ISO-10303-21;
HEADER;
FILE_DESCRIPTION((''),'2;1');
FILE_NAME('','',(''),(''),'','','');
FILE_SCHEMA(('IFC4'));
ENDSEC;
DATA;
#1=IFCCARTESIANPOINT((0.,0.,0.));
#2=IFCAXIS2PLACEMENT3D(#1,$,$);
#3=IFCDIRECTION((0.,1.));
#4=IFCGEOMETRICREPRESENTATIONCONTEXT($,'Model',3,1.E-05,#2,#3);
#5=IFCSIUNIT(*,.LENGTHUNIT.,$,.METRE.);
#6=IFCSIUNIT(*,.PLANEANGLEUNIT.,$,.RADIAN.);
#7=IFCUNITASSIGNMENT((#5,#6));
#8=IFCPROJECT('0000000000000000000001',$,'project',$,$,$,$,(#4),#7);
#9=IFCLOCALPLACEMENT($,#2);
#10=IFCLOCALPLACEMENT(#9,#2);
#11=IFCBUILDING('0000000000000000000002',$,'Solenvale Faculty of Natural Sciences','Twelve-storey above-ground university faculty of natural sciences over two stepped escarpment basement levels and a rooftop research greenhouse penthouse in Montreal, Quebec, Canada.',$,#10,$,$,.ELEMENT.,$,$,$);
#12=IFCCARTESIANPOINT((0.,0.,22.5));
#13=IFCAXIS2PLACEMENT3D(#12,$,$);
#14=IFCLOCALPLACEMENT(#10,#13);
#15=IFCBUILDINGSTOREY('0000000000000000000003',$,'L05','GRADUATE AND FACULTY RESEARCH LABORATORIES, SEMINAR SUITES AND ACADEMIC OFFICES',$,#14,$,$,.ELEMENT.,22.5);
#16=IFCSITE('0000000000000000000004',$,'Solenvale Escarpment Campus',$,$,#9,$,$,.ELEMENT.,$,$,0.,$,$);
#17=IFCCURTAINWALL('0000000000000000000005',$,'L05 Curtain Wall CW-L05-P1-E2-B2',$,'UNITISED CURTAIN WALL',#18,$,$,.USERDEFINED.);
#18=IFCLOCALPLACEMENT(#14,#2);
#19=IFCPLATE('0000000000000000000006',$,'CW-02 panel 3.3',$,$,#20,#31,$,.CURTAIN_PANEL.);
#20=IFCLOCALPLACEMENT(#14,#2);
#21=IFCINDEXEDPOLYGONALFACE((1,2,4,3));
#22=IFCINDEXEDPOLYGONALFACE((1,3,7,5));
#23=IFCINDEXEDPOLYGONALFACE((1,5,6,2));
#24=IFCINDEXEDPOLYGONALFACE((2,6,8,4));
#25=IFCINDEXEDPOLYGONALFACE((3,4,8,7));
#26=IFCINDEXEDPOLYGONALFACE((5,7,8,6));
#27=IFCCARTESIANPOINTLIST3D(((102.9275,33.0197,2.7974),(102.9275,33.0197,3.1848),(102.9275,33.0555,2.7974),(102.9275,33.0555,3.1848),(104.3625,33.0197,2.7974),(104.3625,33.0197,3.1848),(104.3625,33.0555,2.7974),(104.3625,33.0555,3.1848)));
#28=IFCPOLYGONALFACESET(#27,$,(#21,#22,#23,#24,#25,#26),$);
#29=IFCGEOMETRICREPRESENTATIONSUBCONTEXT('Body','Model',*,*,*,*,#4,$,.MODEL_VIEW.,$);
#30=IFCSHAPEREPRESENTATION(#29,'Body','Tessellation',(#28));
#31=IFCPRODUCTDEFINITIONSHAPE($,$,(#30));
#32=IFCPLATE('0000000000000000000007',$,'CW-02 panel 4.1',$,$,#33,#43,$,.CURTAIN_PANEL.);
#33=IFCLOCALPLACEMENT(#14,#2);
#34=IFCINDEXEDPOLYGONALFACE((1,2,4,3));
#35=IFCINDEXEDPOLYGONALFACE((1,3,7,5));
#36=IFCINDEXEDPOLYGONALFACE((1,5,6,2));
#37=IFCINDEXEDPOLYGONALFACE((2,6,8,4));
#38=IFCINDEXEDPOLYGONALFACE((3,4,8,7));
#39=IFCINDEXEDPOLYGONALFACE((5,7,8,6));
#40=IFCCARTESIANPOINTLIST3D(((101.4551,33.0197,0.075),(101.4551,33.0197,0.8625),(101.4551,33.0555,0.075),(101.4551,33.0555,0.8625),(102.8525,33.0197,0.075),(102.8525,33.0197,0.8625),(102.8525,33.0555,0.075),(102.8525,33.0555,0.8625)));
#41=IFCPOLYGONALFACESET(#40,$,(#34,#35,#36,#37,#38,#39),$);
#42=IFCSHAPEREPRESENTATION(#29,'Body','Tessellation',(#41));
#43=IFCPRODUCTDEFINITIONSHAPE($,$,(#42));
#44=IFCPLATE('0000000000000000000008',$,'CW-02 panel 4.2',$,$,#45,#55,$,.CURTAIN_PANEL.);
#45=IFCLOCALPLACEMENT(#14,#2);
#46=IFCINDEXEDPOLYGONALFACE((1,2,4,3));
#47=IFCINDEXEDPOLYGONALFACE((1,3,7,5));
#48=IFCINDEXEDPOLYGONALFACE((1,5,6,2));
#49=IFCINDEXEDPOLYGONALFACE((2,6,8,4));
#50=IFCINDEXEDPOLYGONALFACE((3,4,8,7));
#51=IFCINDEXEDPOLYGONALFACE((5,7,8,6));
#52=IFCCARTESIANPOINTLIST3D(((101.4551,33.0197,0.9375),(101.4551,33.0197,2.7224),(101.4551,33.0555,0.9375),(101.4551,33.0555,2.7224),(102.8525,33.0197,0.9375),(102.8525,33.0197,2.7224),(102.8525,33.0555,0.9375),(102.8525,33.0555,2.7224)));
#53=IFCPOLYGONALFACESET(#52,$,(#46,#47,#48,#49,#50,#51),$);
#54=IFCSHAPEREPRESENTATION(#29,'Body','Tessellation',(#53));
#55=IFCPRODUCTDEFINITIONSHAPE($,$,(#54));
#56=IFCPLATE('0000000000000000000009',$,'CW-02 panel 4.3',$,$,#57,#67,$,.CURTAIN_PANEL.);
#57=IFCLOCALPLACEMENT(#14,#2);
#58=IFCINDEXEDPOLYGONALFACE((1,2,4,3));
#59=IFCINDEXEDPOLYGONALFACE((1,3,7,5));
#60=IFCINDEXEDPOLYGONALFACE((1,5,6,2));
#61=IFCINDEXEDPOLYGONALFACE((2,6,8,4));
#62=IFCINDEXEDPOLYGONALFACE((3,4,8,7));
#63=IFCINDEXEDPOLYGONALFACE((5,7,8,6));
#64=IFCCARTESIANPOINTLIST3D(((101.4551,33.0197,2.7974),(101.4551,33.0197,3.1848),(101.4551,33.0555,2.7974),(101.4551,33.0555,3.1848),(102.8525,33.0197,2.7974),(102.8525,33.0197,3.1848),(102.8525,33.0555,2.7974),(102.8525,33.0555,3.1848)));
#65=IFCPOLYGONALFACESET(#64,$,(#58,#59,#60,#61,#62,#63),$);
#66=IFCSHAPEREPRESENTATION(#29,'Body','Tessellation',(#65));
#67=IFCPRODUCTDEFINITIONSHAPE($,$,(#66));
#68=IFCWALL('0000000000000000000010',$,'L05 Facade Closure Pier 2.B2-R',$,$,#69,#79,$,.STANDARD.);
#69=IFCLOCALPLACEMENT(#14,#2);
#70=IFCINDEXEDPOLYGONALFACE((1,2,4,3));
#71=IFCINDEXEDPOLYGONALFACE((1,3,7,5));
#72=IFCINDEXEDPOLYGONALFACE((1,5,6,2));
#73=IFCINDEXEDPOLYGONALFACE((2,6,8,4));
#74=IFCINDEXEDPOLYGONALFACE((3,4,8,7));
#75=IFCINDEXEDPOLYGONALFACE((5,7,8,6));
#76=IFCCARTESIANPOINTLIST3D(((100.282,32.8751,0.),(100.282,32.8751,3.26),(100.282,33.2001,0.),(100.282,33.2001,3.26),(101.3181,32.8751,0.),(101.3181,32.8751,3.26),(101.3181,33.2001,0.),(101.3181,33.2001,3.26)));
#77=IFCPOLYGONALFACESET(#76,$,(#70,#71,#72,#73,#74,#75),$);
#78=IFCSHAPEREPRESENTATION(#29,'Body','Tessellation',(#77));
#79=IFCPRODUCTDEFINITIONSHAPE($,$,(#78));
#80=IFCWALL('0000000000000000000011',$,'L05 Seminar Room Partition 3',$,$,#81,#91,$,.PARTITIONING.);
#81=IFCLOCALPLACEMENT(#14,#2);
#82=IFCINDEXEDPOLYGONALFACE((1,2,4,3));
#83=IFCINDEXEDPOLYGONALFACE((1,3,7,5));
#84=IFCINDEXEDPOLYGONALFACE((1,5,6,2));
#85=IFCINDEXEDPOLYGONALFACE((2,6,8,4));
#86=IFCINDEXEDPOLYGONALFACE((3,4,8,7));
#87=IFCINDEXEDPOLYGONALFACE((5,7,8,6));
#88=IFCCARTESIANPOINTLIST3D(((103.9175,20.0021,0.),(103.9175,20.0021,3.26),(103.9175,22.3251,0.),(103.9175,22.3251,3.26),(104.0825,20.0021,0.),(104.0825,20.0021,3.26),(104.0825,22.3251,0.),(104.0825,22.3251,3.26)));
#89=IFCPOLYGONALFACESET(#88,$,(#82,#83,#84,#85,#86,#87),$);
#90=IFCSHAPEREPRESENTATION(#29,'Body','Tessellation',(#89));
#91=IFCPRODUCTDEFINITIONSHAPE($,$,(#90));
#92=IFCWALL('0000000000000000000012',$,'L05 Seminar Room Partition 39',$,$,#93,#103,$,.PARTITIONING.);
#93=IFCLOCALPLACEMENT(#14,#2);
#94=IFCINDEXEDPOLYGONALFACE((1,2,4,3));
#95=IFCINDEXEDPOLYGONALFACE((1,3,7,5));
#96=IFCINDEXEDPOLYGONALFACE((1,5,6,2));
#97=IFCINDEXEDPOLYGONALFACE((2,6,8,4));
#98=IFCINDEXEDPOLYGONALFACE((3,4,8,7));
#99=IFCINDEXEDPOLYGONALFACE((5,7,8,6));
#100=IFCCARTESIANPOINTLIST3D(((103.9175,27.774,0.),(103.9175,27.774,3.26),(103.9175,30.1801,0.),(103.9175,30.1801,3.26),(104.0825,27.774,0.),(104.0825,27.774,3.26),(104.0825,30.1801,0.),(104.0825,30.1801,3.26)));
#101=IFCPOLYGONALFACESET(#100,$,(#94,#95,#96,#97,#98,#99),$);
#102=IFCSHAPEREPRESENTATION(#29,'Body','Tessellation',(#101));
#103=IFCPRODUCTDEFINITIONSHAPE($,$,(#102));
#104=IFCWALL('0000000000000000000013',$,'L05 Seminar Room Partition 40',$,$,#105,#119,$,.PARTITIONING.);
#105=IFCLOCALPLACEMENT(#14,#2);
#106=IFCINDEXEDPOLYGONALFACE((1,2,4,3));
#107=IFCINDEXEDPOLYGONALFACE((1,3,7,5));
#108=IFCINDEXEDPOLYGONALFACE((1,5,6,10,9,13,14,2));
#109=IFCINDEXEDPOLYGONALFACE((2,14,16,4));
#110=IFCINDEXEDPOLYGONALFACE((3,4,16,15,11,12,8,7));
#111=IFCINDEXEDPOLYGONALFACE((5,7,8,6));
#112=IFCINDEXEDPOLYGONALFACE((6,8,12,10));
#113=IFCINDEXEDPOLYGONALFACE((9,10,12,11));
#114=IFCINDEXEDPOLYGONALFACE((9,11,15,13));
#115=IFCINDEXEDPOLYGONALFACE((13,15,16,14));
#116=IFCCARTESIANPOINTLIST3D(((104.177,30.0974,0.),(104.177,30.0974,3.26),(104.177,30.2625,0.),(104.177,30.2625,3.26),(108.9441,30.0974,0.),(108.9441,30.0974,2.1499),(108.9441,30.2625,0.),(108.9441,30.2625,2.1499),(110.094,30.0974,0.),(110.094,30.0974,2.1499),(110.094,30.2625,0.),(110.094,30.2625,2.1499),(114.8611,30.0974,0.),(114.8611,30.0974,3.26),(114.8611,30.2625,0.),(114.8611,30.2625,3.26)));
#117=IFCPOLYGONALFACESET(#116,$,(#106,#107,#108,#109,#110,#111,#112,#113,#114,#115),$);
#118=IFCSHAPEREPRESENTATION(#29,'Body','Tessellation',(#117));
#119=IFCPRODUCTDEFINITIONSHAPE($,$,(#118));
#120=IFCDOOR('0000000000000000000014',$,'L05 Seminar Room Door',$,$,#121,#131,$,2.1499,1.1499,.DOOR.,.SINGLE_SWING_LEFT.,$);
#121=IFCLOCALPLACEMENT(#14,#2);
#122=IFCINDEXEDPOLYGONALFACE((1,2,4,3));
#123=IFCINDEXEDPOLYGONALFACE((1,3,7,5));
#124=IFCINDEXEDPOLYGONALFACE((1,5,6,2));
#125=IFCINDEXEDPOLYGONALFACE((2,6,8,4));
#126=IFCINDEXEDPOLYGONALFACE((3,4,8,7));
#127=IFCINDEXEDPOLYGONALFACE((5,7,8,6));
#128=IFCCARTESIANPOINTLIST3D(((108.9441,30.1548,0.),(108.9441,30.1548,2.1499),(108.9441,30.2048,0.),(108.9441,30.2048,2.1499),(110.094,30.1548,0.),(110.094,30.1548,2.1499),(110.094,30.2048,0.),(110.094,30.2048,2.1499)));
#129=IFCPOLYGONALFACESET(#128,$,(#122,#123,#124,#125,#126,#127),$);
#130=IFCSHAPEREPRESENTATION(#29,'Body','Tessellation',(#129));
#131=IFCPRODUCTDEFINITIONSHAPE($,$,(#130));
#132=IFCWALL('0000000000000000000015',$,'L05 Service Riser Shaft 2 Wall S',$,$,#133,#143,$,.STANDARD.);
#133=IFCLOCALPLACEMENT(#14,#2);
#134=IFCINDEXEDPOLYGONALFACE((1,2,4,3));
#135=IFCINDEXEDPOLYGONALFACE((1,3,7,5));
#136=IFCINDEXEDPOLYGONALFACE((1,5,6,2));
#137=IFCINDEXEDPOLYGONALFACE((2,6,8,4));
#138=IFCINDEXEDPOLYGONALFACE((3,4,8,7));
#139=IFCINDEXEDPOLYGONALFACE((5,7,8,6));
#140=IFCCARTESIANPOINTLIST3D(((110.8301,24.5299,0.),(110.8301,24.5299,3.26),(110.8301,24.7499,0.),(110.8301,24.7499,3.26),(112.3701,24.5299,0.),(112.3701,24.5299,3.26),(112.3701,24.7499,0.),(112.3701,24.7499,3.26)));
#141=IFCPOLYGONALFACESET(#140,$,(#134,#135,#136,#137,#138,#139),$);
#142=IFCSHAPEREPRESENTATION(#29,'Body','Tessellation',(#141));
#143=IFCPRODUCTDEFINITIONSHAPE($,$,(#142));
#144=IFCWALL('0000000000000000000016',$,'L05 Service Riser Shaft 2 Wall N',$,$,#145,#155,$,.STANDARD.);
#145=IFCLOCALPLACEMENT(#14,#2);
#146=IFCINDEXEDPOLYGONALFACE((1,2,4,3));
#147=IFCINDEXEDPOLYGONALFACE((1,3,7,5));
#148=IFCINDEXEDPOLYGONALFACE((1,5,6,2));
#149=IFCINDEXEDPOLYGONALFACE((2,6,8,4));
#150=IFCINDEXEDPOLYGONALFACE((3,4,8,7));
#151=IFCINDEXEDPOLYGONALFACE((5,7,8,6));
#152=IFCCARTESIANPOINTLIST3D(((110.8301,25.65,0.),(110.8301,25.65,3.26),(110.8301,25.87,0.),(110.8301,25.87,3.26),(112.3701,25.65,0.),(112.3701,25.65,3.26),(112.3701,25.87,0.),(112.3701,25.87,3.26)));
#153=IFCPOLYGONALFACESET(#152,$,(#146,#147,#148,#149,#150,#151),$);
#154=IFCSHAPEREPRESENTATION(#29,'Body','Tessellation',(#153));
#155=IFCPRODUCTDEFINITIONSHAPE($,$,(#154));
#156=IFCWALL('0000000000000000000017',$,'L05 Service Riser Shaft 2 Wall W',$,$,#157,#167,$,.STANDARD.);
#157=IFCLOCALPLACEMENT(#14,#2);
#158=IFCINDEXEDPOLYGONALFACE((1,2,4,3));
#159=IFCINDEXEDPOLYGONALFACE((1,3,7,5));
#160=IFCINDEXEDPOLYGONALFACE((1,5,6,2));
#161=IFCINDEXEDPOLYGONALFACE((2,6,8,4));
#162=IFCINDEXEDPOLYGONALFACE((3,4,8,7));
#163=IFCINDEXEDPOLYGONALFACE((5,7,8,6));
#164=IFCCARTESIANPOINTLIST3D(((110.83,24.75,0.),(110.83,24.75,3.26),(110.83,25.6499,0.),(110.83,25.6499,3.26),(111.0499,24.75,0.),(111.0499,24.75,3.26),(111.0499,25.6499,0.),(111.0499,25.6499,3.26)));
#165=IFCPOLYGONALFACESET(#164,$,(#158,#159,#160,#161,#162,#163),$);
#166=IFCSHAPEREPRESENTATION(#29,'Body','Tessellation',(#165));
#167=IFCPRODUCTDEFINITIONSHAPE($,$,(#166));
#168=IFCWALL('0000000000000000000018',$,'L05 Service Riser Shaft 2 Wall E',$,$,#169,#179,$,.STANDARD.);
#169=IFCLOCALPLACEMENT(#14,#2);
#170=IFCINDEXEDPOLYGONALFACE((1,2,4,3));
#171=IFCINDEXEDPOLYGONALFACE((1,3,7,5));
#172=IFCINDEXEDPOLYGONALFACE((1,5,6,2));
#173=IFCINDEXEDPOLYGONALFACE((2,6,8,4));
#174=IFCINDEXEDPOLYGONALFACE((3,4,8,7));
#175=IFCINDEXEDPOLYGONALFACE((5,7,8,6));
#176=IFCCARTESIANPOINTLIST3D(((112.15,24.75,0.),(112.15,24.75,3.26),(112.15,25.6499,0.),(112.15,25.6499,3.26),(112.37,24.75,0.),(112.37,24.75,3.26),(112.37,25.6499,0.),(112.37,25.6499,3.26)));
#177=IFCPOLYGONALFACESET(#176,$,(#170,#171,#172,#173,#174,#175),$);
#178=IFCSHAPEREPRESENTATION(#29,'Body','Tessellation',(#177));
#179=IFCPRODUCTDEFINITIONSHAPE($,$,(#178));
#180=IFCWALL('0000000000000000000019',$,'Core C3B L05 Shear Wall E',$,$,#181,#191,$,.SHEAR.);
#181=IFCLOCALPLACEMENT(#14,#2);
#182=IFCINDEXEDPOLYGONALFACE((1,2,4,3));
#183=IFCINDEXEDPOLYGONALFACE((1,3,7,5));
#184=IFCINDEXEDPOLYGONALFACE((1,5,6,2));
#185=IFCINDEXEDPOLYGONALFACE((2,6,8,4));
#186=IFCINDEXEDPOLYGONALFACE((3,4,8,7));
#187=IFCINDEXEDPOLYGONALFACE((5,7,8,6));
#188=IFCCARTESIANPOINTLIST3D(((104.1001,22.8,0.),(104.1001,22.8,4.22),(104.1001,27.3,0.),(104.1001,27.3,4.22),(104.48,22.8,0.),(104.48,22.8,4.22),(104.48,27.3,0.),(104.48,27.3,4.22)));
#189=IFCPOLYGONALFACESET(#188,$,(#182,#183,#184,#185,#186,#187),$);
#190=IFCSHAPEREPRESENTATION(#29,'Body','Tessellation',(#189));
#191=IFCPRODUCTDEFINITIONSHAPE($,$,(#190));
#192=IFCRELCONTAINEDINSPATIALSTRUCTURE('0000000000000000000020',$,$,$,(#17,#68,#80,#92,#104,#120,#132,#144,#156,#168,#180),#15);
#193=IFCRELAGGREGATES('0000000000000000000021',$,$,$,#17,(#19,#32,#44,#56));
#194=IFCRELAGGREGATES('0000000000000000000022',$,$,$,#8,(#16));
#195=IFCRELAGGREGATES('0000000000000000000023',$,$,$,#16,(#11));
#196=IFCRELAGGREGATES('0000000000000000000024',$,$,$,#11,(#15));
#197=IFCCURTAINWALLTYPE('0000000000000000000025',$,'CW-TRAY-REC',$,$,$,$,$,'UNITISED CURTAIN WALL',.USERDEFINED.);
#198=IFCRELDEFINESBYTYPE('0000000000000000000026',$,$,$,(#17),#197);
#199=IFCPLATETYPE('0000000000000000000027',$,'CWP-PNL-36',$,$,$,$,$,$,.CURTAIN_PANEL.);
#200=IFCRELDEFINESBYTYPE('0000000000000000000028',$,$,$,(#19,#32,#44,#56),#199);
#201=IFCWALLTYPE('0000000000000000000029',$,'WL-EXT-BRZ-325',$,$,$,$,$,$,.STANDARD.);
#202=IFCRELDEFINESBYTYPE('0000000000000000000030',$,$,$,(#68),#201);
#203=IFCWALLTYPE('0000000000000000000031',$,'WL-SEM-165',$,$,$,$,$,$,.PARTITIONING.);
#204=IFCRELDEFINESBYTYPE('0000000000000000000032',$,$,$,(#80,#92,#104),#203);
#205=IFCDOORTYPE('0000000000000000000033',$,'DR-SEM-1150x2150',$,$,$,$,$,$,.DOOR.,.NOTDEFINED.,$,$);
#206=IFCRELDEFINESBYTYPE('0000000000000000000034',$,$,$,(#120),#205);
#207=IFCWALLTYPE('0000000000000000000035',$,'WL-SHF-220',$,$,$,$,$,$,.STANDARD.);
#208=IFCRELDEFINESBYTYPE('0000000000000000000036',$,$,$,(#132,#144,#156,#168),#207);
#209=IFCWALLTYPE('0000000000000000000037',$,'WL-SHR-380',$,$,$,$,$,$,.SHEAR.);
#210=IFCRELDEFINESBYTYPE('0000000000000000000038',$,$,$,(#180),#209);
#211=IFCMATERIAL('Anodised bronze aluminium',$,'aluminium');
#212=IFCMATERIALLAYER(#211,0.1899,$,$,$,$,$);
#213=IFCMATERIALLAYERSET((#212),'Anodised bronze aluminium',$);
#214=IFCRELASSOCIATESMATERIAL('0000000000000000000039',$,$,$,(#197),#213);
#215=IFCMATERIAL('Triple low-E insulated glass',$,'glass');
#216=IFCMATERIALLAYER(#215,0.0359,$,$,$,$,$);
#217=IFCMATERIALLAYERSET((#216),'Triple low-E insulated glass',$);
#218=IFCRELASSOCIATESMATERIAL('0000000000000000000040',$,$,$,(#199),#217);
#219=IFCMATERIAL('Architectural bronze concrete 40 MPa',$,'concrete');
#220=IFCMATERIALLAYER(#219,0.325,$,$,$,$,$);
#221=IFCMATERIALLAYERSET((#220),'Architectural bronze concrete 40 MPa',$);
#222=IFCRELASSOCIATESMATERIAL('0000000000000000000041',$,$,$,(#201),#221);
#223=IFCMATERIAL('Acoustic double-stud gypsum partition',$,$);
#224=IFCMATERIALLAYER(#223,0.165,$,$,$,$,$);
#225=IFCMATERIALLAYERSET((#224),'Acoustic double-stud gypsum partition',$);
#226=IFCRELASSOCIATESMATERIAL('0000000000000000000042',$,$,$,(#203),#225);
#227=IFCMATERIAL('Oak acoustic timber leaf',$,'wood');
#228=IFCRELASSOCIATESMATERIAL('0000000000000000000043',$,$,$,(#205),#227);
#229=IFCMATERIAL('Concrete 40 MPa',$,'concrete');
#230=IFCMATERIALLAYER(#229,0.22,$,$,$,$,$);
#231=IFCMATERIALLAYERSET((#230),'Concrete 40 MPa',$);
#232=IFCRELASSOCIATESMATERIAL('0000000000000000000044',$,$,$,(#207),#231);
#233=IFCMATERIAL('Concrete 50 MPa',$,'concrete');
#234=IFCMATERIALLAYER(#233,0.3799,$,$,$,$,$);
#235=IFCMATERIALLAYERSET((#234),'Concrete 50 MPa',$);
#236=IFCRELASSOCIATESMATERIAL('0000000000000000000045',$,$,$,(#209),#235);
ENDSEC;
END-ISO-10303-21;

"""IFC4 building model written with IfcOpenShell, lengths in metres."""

from ifc_helpers import new_model, si_unit, direction, frame, frame_2d, origin, origin_2d, place, context, subcontext, project, spatial, rectangle, extrude, material, layer, layer_set, type_object, element, fill, aggregate, save


model = new_model("IFC4")

# Units and contexts
model_context = context("Model", 3, precision=1e-05, world=origin(), true_north=direction((0.0, 1.0)))
body_context = subcontext(model_context, "Body", "Model", "MODEL_VIEW")
ifc_project = project(units=[si_unit("LENGTHUNIT", "METRE"), si_unit("PLANEANGLEUNIT", "RADIAN")], contexts=[model_context])

# Site, building, storey
site_placement = place(None, origin())
site = spatial("IfcSite", under=ifc_project, at=site_placement, Name="Solenvale Escarpment Campus", CompositionType="ELEMENT", RefElevation=0.0)
building_placement = place(site_placement, origin())
building = spatial("IfcBuilding", under=site, at=building_placement, Name="Solenvale Faculty of Natural Sciences", Description="Twelve-storey above-ground university faculty of natural sciences over two stepped escarpment basement levels and a rooftop research greenhouse penthouse in Montreal, Quebec, Canada.", CompositionType="ELEMENT")
storey_placement = place(building_placement, frame((0.0, 0.0, 22.5)))
storey = spatial("IfcBuildingStorey", under=building, at=storey_placement, Name="L05", Description="GRADUATE AND FACULTY RESEARCH LABORATORIES, SEMINAR SUITES AND ACADEMIC OFFICES", CompositionType="ELEMENT", Elevation=22.5)

# Shared definitions
ifc_material_1 = material(Name="Concrete 40 MPa", Category="concrete")

# Curtain wall
ifc_material_2 = material(Name="Anodised bronze aluminium", Category="aluminium")
ifc_layer_1 = layer(ifc_material_2, 0.1899)
ifc_layer_set_1 = layer_set([ifc_layer_1], Name="Anodised bronze aluminium")
curtain_wall_type = type_object("IfcCurtainWallType", Name="CW-TRAY-REC", ElementType="UNITISED CURTAIN WALL", PredefinedType="USERDEFINED", material=ifc_layer_set_1)
curtain_wall_1_placement = place(storey_placement, origin())
curtain_wall_1 = element("IfcCurtainWall", 1, at=curtain_wall_1_placement, inside=storey, type_object=curtain_wall_type, Name="L05 Curtain Wall CW-L05-P1-E2-B2", ObjectType="UNITISED CURTAIN WALL", PredefinedType="USERDEFINED")

# Plates
ifc_material_3 = material(Name="Triple low-E insulated glass", Category="glass")
ifc_layer_2 = layer(ifc_material_3, 0.0359)
ifc_layer_set_2 = layer_set([ifc_layer_2], Name="Triple low-E insulated glass")
plate_type = type_object("IfcPlateType", Name="CWP-PNL-36", PredefinedType="CURTAIN_PANEL", material=ifc_layer_set_2)
plate_1_placement = place(storey_placement, frame((103.645, 33.0376, 2.7974), z_axis=(0.0, 0.0, 1.0), x_axis=(-1.0, 0.0, 0.0)))
plate_1 = element("IfcPlate", 2, at=plate_1_placement, type_object=plate_type, Name="CW-02 panel 3.3", PredefinedType="CURTAIN_PANEL", context=body_context, shape_type="SweptSolid", body=[
    extrude(rectangle(XDim=1.4351, YDim=0.0359, at=origin_2d()), origin(), (0.0, 0.0, 1.0), 0.3875),
])
plate_2_placement = place(storey_placement, frame((102.1538, 33.0376, 0.075), z_axis=(0.0, 0.0, 1.0), x_axis=(-1.0, 0.0, 0.0)))
plate_2 = element("IfcPlate", 3, at=plate_2_placement, type_object=plate_type, Name="CW-02 panel 4.1", PredefinedType="CURTAIN_PANEL", context=body_context, shape_type="SweptSolid", body=[
    extrude(rectangle(XDim=1.3975, YDim=0.0359, at=origin_2d()), origin(), (0.0, 0.0, 1.0), 0.7876),
])
plate_3_placement = place(storey_placement, frame((102.1538, 33.0376, 0.9375), z_axis=(0.0, 0.0, 1.0), x_axis=(-1.0, 0.0, 0.0)))
plate_3 = element("IfcPlate", 4, at=plate_3_placement, type_object=plate_type, Name="CW-02 panel 4.2", PredefinedType="CURTAIN_PANEL", context=body_context, shape_type="SweptSolid", body=[
    extrude(rectangle(XDim=1.3975, YDim=0.0359, at=origin_2d()), origin(), (0.0, 0.0, 1.0), 1.7849),
])
plate_4_placement = place(storey_placement, frame((102.1538, 33.0376, 2.7974), z_axis=(0.0, 0.0, 1.0), x_axis=(-1.0, 0.0, 0.0)))
plate_4 = element("IfcPlate", 5, at=plate_4_placement, type_object=plate_type, Name="CW-02 panel 4.3", PredefinedType="CURTAIN_PANEL", context=body_context, shape_type="SweptSolid", body=[
    extrude(rectangle(XDim=1.3975, YDim=0.0359, at=origin_2d()), origin(), (0.0, 0.0, 1.0), 0.3875),
])
aggregate(curtain_wall_1, [plate_1, plate_2, plate_3, plate_4])

# Walls
ifc_material_4 = material(Name="Architectural bronze concrete 40 MPa", Category="concrete")
ifc_layer_3 = layer(ifc_material_4, 0.325)
ifc_layer_set_3 = layer_set([ifc_layer_3], Name="Architectural bronze concrete 40 MPa")
wall_type_1 = type_object("IfcWallType", Name="WL-EXT-BRZ-325", PredefinedType="STANDARD", material=ifc_layer_set_3)
wall_1_placement = place(storey_placement, frame((101.3181, 33.0376, 0.0), z_axis=(0.0, 0.0, 1.0), x_axis=(-1.0, 0.0, 0.0)))
element("IfcWall", 6, at=wall_1_placement, inside=storey, type_object=wall_type_1, Name="L05 Facade Closure Pier 2.B2-R", PredefinedType="STANDARD", context=body_context, shape_type="SweptSolid", body=[
    extrude(rectangle(XDim=1.0361, YDim=0.325, at=frame_2d((0.5181, 0.0))), origin(), (0.0, 0.0, 1.0), 3.26),
])
ifc_material_5 = material(Name="Acoustic double-stud gypsum partition")
ifc_layer_4 = layer(ifc_material_5, 0.165)
ifc_layer_set_4 = layer_set([ifc_layer_4], Name="Acoustic double-stud gypsum partition")
wall_type_2 = type_object("IfcWallType", Name="WL-SEM-165", PredefinedType="PARTITIONING", material=ifc_layer_set_4)
wall_2_placement = place(storey_placement, frame((104.0, 20.002, 0.0), z_axis=(0.0, 0.0, 1.0), x_axis=(0.0, 1.0, 0.0)))
element("IfcWall", 7, at=wall_2_placement, inside=storey, type_object=wall_type_2, Name="L05 Seminar Room Partition 3", PredefinedType="PARTITIONING", context=body_context, shape_type="SweptSolid", body=[
    extrude(rectangle(XDim=2.323, YDim=0.165, at=frame_2d((1.1616, 0.0))), origin(), (0.0, 0.0, 1.0), 3.26),
])
wall_3_placement = place(storey_placement, frame((104.0, 27.7739, 0.0), z_axis=(0.0, 0.0, 1.0), x_axis=(0.0, 1.0, 0.0)))
element("IfcWall", 8, at=wall_3_placement, inside=storey, type_object=wall_type_2, Name="L05 Seminar Room Partition 39", PredefinedType="PARTITIONING", context=body_context, shape_type="SweptSolid", body=[
    extrude(rectangle(XDim=2.406, YDim=0.165, at=frame_2d((1.2031, 0.0))), origin(), (0.0, 0.0, 1.0), 3.26),
])

# Wall, opening, door
wall_4_placement = place(storey_placement, frame((104.177, 30.1799, 0.0), z_axis=(0.0, 0.0, 1.0), x_axis=(1.0, 0.0, 0.0)))
wall_4 = element("IfcWall", 9, at=wall_4_placement, inside=storey, type_object=wall_type_2, Name="L05 Seminar Room Partition 40", PredefinedType="PARTITIONING", context=body_context, shape_type="SweptSolid", body=[
    extrude(rectangle(XDim=10.6841, YDim=0.165, at=frame_2d((5.342, 0.0))), origin(), (0.0, 0.0, 1.0), 3.26),
])
opening_placement = place(wall_4_placement, frame((4.7671, 0.0, 0.0)))
opening = element("IfcOpeningElement", 10, at=opening_placement, cuts=wall_4, PredefinedType="OPENING", context=body_context, shape_type="SweptSolid", body=[
    extrude(rectangle(XDim=1.1499, YDim=2.1499, at=frame_2d((0.575, 1.075))), frame((0.0, 0.0925, 0.0), z_axis=(0.0, -1.0, 0.0), x_axis=(1.0, 0.0, 0.0)), (0.0, 0.0, 1.0), 0.1851),
])
ifc_material_6 = material(Name="Oak acoustic timber leaf", Category="wood")
door_type = type_object("IfcDoorType", Name="DR-SEM-1150x2150", OperationType="NOTDEFINED", PredefinedType="DOOR", material=ifc_material_6)
door_placement = place(opening_placement, origin())
door = element("IfcDoor", 11, at=door_placement, inside=storey, type_object=door_type, Name="L05 Seminar Room Door", OperationType="SINGLE_SWING_LEFT", OverallHeight=2.1499, OverallWidth=1.1499, PredefinedType="DOOR", context=body_context, shape_type="SweptSolid", body=[
    extrude(rectangle(XDim=1.1499, YDim=2.1499, at=frame_2d((0.575, 1.075))), frame((0.0, 0.0249, 0.0), z_axis=(0.0, -1.0, 0.0), x_axis=(1.0, 0.0, 0.0)), (0.0, 0.0, 1.0), 0.05),
])
fill(opening, door)

# Walls
ifc_layer_5 = layer(ifc_material_1, 0.22)
ifc_layer_set_5 = layer_set([ifc_layer_5], Name="Concrete 40 MPa")
wall_type_3 = type_object("IfcWallType", Name="WL-SHF-220", PredefinedType="STANDARD", material=ifc_layer_set_5)
for number, where, z_axis, x_axis, name in (
    (12, (110.8301, 24.6399, 0.0), (0.0, 0.0, 1.0), (1.0, 0.0, 0.0), "L05 Service Riser Shaft 2 Wall S"),
    (13, (110.8301, 25.76, 0.0), (0.0, 0.0, 1.0), (1.0, 0.0, 0.0), "L05 Service Riser Shaft 2 Wall N"),
):
    element("IfcWall", number, at=place(storey_placement, frame(where, z_axis=z_axis, x_axis=x_axis)), inside=storey, type_object=wall_type_3, Name=name, PredefinedType="STANDARD", context=body_context, shape_type="SweptSolid", body=[
        extrude(rectangle(XDim=1.54, YDim=0.22, at=frame_2d((0.77, 0.0))), origin(), (0.0, 0.0, 1.0), 3.26),
    ])
for number, where, z_axis, x_axis, name in (
    (14, (110.9399, 24.75, 0.0), (0.0, 0.0, 1.0), (0.0, 1.0, 0.0), "L05 Service Riser Shaft 2 Wall W"),
    (15, (112.26, 24.75, 0.0), (0.0, 0.0, 1.0), (0.0, 1.0, 0.0), "L05 Service Riser Shaft 2 Wall E"),
):
    element("IfcWall", number, at=place(storey_placement, frame(where, z_axis=z_axis, x_axis=x_axis)), inside=storey, type_object=wall_type_3, Name=name, PredefinedType="STANDARD", context=body_context, shape_type="SweptSolid", body=[
        extrude(rectangle(XDim=0.8999, YDim=0.22, at=frame_2d((0.45, 0.0))), origin(), (0.0, 0.0, 1.0), 3.26),
    ])
ifc_material_7 = material(Name="Concrete 50 MPa", Category="concrete")
ifc_layer_6 = layer(ifc_material_7, 0.3799)
ifc_layer_set_6 = layer_set([ifc_layer_6], Name="Concrete 50 MPa")
wall_type_4 = type_object("IfcWallType", Name="WL-SHR-380", PredefinedType="SHEAR", material=ifc_layer_set_6)
wall_5_placement = place(storey_placement, frame((104.29, 22.8, 0.0), z_axis=(0.0, 0.0, 1.0), x_axis=(0.0, 1.0, 0.0)))
element("IfcWall", 16, at=wall_5_placement, inside=storey, type_object=wall_type_4, Name="Core C3B L05 Shear Wall E", PredefinedType="SHEAR", context=body_context, shape_type="SweptSolid", body=[
    extrude(rectangle(XDim=4.5, YDim=0.3799, at=frame_2d((2.25, 0.0))), origin(), (0.0, 0.0, 1.0), 4.22),
])

save(model, "model.ifc")
